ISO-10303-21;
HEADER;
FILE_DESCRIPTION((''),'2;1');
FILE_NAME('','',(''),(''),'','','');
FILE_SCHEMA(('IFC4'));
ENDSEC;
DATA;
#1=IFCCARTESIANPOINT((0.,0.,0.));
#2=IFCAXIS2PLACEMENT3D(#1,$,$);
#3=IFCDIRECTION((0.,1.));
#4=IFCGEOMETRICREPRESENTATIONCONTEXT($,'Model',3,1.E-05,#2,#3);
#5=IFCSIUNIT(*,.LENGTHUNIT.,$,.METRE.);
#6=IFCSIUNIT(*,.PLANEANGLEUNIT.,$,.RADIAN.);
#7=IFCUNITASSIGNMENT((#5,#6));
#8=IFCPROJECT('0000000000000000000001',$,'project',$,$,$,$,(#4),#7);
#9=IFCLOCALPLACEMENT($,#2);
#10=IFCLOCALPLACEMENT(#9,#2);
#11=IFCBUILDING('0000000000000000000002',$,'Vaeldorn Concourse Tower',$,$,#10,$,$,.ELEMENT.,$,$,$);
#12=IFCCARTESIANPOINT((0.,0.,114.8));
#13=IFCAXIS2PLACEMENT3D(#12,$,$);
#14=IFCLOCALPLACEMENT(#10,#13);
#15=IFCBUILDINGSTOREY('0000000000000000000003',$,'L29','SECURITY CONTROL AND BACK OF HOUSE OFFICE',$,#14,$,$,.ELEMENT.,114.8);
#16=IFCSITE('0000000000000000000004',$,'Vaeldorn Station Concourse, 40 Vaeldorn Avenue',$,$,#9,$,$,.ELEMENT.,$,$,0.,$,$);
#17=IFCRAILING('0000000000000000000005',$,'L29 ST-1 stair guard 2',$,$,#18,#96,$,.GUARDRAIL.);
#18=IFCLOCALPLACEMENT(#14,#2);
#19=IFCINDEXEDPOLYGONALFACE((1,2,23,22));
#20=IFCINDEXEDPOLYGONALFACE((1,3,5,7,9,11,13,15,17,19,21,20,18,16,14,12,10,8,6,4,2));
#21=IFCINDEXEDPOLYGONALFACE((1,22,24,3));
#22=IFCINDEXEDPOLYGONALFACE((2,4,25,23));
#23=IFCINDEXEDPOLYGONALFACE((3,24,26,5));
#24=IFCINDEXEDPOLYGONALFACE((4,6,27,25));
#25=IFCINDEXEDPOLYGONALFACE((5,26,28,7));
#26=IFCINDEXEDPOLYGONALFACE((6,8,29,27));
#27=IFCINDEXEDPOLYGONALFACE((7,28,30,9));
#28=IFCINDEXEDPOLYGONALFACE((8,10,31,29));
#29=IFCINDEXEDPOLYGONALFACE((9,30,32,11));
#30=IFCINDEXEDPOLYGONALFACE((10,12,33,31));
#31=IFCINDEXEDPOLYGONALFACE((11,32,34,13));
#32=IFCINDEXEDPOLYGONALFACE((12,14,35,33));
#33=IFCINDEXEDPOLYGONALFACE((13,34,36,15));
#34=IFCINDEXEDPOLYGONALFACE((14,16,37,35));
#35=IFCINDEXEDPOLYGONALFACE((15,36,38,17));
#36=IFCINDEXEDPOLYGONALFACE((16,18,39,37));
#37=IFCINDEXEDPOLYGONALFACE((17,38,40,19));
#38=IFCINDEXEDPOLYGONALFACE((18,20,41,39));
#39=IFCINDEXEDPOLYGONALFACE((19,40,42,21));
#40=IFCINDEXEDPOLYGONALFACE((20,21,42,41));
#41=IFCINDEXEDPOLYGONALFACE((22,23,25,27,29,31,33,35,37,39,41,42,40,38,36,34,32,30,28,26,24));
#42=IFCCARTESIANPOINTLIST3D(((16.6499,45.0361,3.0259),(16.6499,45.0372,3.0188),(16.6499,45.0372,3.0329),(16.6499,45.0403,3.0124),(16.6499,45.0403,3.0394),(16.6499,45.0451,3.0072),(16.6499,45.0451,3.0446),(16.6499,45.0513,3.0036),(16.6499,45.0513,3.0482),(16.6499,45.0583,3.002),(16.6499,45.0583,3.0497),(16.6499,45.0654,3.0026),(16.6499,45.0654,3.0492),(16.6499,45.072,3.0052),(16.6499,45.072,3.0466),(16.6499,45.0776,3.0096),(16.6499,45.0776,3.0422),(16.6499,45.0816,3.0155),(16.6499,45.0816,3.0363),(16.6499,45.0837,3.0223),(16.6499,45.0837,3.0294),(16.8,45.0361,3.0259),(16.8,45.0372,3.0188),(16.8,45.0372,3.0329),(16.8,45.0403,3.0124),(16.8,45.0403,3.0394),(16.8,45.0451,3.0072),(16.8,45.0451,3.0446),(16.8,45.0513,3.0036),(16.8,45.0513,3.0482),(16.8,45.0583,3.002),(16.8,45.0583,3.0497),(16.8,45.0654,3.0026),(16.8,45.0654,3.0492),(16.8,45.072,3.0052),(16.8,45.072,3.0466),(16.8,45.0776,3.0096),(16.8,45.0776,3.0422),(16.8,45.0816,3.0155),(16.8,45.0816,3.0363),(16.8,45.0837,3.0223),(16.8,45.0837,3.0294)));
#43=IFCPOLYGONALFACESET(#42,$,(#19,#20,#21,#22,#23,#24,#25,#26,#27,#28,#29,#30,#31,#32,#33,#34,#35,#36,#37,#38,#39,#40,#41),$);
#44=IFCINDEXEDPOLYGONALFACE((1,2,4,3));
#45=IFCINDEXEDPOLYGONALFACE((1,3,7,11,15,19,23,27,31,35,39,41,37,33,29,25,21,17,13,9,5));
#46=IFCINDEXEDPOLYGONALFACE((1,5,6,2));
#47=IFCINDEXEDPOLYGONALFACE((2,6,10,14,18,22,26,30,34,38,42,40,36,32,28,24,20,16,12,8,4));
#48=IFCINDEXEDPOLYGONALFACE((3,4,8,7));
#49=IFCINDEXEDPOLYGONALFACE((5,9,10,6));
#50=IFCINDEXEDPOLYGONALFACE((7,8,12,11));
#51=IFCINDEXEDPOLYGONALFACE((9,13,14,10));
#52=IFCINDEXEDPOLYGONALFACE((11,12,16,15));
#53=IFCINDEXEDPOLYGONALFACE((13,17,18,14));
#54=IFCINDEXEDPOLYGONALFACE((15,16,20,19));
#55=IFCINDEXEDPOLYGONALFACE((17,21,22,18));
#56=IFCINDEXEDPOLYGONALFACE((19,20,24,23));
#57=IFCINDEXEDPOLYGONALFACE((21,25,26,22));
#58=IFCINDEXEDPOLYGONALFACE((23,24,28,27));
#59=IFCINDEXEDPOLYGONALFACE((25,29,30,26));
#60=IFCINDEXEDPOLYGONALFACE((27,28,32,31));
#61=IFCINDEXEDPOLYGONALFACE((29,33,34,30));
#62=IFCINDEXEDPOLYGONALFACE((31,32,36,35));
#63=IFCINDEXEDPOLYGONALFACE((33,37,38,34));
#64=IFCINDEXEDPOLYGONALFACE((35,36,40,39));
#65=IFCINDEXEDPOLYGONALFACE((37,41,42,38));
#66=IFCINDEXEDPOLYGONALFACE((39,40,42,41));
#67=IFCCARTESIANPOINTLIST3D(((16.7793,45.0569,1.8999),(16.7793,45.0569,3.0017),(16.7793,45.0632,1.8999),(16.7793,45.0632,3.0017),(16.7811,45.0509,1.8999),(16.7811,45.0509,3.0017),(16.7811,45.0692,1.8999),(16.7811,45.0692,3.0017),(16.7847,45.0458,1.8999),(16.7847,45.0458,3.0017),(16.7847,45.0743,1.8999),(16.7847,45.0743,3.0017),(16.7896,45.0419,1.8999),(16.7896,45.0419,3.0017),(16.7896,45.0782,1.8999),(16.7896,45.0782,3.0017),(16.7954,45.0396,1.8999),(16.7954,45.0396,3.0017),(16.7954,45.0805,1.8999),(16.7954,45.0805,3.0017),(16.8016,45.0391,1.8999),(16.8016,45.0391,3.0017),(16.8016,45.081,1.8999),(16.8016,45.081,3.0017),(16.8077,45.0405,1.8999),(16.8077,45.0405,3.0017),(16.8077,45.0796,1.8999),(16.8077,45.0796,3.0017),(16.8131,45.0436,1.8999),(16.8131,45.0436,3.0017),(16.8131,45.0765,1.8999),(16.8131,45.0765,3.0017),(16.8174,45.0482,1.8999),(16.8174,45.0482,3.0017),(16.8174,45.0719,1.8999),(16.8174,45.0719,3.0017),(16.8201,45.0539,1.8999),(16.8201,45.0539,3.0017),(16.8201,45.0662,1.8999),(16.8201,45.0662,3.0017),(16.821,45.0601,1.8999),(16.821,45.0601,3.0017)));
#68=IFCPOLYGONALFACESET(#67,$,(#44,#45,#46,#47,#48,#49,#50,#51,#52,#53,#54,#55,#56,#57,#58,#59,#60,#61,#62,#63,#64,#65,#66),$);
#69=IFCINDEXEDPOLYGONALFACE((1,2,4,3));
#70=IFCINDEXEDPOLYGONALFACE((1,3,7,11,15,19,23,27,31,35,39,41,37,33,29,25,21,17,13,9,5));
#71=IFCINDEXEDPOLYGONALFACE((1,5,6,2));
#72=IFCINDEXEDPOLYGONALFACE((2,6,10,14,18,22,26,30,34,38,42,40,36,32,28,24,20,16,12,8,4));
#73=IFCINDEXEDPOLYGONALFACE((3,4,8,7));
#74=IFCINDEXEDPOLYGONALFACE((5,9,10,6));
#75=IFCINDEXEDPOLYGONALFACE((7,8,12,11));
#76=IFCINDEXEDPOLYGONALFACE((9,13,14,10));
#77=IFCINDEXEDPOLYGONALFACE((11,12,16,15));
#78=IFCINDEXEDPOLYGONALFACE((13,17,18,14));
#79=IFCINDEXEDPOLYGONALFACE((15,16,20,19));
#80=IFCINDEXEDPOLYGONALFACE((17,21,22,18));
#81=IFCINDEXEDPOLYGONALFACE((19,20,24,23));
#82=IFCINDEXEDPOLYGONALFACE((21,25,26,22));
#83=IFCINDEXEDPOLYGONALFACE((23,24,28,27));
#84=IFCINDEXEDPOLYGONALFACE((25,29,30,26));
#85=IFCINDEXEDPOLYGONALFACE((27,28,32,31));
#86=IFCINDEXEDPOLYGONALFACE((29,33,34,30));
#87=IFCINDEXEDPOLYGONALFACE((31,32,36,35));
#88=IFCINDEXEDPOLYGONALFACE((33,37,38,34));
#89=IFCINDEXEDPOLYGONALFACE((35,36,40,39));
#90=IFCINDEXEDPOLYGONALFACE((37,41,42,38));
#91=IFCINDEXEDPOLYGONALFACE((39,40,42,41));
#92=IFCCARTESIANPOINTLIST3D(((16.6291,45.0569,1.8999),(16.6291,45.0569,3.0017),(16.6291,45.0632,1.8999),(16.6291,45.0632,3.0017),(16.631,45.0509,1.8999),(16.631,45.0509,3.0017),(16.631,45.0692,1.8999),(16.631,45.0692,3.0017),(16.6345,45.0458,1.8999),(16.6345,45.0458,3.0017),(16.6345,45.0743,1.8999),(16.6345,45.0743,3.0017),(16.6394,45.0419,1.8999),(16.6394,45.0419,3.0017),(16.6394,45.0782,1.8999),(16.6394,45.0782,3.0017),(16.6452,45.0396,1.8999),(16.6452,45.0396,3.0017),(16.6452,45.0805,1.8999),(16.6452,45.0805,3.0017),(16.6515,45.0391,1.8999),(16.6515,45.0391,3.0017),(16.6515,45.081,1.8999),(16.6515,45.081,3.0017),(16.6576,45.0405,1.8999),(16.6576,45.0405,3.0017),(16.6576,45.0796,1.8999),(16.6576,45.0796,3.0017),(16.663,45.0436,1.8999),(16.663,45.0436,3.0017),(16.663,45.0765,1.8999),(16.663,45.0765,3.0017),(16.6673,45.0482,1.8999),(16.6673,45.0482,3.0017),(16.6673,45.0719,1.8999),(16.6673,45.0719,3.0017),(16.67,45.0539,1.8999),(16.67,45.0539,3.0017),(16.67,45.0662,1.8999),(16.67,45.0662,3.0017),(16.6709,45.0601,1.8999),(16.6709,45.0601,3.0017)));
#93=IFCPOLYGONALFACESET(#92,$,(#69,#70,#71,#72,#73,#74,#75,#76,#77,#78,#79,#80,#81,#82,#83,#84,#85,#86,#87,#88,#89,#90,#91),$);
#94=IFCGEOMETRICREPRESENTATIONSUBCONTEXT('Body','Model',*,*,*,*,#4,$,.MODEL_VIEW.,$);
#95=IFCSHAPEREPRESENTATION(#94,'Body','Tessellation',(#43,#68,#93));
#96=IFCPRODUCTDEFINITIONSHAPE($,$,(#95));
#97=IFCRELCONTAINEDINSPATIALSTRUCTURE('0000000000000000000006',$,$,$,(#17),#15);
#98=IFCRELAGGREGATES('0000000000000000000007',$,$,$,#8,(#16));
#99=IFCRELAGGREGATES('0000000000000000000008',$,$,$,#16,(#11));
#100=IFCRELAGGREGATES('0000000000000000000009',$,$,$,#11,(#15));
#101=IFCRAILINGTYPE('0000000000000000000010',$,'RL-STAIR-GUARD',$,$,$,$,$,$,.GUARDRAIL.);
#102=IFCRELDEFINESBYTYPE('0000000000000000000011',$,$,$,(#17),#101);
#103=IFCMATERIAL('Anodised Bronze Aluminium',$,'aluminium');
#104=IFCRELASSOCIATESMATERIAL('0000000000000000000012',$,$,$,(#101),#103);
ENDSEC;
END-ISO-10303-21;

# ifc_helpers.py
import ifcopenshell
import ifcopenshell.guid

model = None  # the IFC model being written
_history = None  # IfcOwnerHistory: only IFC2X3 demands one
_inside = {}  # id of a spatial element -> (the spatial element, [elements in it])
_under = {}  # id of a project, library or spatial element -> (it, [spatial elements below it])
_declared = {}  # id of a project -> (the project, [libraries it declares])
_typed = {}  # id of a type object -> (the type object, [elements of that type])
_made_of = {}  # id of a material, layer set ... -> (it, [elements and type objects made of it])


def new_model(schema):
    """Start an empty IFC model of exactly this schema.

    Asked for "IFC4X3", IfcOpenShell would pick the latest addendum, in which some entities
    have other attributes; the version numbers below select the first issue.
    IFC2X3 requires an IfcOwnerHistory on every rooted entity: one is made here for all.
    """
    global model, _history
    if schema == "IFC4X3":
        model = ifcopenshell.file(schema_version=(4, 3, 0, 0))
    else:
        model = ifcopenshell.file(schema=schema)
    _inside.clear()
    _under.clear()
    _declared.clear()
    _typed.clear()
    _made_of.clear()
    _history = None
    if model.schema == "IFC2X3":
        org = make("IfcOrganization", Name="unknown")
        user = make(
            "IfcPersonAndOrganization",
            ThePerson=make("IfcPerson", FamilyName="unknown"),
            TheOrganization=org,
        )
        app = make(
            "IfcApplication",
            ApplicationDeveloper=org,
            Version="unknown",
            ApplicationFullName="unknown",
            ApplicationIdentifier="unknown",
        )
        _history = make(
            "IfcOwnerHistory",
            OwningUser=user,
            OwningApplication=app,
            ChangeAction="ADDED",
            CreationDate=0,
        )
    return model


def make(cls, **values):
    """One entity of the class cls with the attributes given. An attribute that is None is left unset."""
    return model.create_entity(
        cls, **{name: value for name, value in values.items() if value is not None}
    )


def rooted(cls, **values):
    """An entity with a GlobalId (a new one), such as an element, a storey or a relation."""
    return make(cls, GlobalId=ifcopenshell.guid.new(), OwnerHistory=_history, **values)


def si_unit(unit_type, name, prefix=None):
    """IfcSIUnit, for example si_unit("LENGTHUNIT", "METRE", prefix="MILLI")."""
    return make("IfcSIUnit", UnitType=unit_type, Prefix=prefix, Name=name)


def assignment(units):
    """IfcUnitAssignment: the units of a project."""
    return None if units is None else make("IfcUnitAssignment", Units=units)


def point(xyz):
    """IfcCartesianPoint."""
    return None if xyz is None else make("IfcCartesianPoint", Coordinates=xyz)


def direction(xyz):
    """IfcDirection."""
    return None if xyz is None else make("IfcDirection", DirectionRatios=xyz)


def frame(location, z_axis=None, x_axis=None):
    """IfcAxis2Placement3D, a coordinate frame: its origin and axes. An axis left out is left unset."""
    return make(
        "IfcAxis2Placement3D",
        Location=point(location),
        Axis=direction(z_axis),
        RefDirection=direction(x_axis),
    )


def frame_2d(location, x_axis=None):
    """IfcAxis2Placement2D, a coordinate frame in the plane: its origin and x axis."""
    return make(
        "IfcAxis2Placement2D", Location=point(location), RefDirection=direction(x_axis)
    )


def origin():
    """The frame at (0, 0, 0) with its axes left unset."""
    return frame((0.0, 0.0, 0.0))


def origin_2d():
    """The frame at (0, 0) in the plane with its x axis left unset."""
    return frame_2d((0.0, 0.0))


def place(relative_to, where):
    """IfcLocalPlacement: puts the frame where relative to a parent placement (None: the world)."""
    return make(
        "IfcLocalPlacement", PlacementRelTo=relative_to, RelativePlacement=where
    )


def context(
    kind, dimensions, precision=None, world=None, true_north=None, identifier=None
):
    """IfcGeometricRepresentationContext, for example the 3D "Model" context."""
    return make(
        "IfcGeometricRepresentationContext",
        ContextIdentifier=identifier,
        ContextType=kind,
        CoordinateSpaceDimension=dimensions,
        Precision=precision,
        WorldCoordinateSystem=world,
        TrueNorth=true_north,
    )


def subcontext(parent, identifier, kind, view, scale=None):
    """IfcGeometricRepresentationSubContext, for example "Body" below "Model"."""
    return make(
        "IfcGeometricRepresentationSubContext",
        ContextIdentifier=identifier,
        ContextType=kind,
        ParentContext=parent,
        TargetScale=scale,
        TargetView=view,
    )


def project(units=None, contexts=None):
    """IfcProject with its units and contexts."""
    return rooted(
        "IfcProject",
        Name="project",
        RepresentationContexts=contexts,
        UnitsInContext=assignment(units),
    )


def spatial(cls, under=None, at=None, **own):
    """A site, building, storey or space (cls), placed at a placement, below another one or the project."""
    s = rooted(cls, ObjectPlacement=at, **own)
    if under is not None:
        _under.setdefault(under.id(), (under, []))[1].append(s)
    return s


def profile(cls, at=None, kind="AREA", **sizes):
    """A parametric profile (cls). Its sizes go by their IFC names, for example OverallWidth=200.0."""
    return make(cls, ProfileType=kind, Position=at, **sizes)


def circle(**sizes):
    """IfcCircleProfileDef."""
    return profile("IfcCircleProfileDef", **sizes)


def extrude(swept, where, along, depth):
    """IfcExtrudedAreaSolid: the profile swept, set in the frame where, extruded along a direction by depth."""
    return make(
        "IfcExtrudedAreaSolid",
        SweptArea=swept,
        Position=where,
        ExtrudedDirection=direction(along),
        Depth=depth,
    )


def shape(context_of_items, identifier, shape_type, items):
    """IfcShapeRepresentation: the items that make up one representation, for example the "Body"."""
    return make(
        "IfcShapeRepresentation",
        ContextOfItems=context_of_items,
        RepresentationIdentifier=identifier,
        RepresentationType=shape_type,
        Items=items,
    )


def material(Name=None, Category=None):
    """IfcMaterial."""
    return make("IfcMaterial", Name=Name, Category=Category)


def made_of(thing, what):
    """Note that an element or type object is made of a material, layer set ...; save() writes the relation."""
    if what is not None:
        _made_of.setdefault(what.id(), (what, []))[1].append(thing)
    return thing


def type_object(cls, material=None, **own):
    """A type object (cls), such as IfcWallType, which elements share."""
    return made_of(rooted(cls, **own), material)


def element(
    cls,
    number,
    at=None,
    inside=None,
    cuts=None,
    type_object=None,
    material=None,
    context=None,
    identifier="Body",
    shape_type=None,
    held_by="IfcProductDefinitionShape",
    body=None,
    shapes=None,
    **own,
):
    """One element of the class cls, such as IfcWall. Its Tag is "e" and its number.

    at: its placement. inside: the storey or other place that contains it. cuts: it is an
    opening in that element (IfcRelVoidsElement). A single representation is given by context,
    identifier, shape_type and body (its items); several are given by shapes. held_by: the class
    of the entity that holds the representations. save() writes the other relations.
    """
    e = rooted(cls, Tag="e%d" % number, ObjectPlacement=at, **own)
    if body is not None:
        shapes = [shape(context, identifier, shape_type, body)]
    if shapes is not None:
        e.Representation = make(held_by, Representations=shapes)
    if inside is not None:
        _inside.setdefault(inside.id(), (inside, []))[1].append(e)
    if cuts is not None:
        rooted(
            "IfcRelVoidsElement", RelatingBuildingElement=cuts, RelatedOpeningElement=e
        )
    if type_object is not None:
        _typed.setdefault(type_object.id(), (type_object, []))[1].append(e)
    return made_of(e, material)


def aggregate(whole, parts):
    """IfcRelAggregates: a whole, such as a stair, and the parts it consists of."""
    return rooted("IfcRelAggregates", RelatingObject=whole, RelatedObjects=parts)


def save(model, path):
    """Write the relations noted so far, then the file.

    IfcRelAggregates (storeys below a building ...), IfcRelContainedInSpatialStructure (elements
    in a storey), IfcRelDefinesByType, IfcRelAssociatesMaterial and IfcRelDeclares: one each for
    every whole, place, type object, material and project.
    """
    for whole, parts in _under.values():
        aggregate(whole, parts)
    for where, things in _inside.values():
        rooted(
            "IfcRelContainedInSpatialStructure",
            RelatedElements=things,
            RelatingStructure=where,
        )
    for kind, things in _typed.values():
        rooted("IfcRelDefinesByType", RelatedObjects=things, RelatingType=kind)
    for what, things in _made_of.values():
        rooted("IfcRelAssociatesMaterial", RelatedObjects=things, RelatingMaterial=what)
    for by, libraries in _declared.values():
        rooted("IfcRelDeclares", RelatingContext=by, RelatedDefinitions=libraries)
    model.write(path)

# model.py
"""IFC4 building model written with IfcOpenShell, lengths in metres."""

from ifc_helpers import new_model, si_unit, direction, frame, origin, origin_2d, place, context, subcontext, project, spatial, circle, extrude, material, type_object, element, save


model = new_model("IFC4")

# Units and contexts
model_context = context("Model", 3, precision=1e-05, world=origin(), true_north=direction((0.0, 1.0)))
body_context = subcontext(model_context, "Body", "Model", "MODEL_VIEW")
ifc_project = project(units=[si_unit("LENGTHUNIT", "METRE"), si_unit("PLANEANGLEUNIT", "RADIAN")], contexts=[model_context])

# Site, building, storey
site_placement = place(None, origin())
site = spatial("IfcSite", under=ifc_project, at=site_placement, Name="Vaeldorn Station Concourse, 40 Vaeldorn Avenue", CompositionType="ELEMENT", RefElevation=0.0)
building_placement = place(site_placement, origin())
building = spatial("IfcBuilding", under=site, at=building_placement, Name="Vaeldorn Concourse Tower", CompositionType="ELEMENT")
storey_placement = place(building_placement, frame((0.0, 0.0, 114.8)))
storey = spatial("IfcBuildingStorey", under=building, at=storey_placement, Name="L29", Description="SECURITY CONTROL AND BACK OF HOUSE OFFICE", CompositionType="ELEMENT", Elevation=114.8)

# Shared definitions
ifc_material_1 = material(Name="Anodised Bronze Aluminium", Category="aluminium")

# Railing
railing_type_1 = type_object("IfcRailingType", Name="RL-STAIR-GUARD", PredefinedType="GUARDRAIL", material=ifc_material_1)
railing_1_placement = place(storey_placement, frame((16.8, 45.0601, 1.8999)))
element("IfcRailing", 1, at=railing_1_placement, inside=storey, type_object=railing_type_1, Name="L29 ST-1 stair guard 2", PredefinedType="GUARDRAIL", context=body_context, shape_type="SweptSolid", body=[
    extrude(circle(Radius=0.0239, at=origin_2d()), frame((0.0, 0.0, 1.126), z_axis=(-1.0, 0.0, 0.0), x_axis=(0.0, -1.0, 0.0)), (0.0, 0.0, 1.0), 0.1501),
    extrude(circle(Radius=0.021, at=origin_2d()), origin(), (0.0, 0.0, 1.0), 1.1018),
    extrude(circle(Radius=0.021, at=origin_2d()), frame((-0.1501, 0.0, 0.0)), (0.0, 0.0, 1.0), 1.1018),
])

save(model, "model.ifc")
